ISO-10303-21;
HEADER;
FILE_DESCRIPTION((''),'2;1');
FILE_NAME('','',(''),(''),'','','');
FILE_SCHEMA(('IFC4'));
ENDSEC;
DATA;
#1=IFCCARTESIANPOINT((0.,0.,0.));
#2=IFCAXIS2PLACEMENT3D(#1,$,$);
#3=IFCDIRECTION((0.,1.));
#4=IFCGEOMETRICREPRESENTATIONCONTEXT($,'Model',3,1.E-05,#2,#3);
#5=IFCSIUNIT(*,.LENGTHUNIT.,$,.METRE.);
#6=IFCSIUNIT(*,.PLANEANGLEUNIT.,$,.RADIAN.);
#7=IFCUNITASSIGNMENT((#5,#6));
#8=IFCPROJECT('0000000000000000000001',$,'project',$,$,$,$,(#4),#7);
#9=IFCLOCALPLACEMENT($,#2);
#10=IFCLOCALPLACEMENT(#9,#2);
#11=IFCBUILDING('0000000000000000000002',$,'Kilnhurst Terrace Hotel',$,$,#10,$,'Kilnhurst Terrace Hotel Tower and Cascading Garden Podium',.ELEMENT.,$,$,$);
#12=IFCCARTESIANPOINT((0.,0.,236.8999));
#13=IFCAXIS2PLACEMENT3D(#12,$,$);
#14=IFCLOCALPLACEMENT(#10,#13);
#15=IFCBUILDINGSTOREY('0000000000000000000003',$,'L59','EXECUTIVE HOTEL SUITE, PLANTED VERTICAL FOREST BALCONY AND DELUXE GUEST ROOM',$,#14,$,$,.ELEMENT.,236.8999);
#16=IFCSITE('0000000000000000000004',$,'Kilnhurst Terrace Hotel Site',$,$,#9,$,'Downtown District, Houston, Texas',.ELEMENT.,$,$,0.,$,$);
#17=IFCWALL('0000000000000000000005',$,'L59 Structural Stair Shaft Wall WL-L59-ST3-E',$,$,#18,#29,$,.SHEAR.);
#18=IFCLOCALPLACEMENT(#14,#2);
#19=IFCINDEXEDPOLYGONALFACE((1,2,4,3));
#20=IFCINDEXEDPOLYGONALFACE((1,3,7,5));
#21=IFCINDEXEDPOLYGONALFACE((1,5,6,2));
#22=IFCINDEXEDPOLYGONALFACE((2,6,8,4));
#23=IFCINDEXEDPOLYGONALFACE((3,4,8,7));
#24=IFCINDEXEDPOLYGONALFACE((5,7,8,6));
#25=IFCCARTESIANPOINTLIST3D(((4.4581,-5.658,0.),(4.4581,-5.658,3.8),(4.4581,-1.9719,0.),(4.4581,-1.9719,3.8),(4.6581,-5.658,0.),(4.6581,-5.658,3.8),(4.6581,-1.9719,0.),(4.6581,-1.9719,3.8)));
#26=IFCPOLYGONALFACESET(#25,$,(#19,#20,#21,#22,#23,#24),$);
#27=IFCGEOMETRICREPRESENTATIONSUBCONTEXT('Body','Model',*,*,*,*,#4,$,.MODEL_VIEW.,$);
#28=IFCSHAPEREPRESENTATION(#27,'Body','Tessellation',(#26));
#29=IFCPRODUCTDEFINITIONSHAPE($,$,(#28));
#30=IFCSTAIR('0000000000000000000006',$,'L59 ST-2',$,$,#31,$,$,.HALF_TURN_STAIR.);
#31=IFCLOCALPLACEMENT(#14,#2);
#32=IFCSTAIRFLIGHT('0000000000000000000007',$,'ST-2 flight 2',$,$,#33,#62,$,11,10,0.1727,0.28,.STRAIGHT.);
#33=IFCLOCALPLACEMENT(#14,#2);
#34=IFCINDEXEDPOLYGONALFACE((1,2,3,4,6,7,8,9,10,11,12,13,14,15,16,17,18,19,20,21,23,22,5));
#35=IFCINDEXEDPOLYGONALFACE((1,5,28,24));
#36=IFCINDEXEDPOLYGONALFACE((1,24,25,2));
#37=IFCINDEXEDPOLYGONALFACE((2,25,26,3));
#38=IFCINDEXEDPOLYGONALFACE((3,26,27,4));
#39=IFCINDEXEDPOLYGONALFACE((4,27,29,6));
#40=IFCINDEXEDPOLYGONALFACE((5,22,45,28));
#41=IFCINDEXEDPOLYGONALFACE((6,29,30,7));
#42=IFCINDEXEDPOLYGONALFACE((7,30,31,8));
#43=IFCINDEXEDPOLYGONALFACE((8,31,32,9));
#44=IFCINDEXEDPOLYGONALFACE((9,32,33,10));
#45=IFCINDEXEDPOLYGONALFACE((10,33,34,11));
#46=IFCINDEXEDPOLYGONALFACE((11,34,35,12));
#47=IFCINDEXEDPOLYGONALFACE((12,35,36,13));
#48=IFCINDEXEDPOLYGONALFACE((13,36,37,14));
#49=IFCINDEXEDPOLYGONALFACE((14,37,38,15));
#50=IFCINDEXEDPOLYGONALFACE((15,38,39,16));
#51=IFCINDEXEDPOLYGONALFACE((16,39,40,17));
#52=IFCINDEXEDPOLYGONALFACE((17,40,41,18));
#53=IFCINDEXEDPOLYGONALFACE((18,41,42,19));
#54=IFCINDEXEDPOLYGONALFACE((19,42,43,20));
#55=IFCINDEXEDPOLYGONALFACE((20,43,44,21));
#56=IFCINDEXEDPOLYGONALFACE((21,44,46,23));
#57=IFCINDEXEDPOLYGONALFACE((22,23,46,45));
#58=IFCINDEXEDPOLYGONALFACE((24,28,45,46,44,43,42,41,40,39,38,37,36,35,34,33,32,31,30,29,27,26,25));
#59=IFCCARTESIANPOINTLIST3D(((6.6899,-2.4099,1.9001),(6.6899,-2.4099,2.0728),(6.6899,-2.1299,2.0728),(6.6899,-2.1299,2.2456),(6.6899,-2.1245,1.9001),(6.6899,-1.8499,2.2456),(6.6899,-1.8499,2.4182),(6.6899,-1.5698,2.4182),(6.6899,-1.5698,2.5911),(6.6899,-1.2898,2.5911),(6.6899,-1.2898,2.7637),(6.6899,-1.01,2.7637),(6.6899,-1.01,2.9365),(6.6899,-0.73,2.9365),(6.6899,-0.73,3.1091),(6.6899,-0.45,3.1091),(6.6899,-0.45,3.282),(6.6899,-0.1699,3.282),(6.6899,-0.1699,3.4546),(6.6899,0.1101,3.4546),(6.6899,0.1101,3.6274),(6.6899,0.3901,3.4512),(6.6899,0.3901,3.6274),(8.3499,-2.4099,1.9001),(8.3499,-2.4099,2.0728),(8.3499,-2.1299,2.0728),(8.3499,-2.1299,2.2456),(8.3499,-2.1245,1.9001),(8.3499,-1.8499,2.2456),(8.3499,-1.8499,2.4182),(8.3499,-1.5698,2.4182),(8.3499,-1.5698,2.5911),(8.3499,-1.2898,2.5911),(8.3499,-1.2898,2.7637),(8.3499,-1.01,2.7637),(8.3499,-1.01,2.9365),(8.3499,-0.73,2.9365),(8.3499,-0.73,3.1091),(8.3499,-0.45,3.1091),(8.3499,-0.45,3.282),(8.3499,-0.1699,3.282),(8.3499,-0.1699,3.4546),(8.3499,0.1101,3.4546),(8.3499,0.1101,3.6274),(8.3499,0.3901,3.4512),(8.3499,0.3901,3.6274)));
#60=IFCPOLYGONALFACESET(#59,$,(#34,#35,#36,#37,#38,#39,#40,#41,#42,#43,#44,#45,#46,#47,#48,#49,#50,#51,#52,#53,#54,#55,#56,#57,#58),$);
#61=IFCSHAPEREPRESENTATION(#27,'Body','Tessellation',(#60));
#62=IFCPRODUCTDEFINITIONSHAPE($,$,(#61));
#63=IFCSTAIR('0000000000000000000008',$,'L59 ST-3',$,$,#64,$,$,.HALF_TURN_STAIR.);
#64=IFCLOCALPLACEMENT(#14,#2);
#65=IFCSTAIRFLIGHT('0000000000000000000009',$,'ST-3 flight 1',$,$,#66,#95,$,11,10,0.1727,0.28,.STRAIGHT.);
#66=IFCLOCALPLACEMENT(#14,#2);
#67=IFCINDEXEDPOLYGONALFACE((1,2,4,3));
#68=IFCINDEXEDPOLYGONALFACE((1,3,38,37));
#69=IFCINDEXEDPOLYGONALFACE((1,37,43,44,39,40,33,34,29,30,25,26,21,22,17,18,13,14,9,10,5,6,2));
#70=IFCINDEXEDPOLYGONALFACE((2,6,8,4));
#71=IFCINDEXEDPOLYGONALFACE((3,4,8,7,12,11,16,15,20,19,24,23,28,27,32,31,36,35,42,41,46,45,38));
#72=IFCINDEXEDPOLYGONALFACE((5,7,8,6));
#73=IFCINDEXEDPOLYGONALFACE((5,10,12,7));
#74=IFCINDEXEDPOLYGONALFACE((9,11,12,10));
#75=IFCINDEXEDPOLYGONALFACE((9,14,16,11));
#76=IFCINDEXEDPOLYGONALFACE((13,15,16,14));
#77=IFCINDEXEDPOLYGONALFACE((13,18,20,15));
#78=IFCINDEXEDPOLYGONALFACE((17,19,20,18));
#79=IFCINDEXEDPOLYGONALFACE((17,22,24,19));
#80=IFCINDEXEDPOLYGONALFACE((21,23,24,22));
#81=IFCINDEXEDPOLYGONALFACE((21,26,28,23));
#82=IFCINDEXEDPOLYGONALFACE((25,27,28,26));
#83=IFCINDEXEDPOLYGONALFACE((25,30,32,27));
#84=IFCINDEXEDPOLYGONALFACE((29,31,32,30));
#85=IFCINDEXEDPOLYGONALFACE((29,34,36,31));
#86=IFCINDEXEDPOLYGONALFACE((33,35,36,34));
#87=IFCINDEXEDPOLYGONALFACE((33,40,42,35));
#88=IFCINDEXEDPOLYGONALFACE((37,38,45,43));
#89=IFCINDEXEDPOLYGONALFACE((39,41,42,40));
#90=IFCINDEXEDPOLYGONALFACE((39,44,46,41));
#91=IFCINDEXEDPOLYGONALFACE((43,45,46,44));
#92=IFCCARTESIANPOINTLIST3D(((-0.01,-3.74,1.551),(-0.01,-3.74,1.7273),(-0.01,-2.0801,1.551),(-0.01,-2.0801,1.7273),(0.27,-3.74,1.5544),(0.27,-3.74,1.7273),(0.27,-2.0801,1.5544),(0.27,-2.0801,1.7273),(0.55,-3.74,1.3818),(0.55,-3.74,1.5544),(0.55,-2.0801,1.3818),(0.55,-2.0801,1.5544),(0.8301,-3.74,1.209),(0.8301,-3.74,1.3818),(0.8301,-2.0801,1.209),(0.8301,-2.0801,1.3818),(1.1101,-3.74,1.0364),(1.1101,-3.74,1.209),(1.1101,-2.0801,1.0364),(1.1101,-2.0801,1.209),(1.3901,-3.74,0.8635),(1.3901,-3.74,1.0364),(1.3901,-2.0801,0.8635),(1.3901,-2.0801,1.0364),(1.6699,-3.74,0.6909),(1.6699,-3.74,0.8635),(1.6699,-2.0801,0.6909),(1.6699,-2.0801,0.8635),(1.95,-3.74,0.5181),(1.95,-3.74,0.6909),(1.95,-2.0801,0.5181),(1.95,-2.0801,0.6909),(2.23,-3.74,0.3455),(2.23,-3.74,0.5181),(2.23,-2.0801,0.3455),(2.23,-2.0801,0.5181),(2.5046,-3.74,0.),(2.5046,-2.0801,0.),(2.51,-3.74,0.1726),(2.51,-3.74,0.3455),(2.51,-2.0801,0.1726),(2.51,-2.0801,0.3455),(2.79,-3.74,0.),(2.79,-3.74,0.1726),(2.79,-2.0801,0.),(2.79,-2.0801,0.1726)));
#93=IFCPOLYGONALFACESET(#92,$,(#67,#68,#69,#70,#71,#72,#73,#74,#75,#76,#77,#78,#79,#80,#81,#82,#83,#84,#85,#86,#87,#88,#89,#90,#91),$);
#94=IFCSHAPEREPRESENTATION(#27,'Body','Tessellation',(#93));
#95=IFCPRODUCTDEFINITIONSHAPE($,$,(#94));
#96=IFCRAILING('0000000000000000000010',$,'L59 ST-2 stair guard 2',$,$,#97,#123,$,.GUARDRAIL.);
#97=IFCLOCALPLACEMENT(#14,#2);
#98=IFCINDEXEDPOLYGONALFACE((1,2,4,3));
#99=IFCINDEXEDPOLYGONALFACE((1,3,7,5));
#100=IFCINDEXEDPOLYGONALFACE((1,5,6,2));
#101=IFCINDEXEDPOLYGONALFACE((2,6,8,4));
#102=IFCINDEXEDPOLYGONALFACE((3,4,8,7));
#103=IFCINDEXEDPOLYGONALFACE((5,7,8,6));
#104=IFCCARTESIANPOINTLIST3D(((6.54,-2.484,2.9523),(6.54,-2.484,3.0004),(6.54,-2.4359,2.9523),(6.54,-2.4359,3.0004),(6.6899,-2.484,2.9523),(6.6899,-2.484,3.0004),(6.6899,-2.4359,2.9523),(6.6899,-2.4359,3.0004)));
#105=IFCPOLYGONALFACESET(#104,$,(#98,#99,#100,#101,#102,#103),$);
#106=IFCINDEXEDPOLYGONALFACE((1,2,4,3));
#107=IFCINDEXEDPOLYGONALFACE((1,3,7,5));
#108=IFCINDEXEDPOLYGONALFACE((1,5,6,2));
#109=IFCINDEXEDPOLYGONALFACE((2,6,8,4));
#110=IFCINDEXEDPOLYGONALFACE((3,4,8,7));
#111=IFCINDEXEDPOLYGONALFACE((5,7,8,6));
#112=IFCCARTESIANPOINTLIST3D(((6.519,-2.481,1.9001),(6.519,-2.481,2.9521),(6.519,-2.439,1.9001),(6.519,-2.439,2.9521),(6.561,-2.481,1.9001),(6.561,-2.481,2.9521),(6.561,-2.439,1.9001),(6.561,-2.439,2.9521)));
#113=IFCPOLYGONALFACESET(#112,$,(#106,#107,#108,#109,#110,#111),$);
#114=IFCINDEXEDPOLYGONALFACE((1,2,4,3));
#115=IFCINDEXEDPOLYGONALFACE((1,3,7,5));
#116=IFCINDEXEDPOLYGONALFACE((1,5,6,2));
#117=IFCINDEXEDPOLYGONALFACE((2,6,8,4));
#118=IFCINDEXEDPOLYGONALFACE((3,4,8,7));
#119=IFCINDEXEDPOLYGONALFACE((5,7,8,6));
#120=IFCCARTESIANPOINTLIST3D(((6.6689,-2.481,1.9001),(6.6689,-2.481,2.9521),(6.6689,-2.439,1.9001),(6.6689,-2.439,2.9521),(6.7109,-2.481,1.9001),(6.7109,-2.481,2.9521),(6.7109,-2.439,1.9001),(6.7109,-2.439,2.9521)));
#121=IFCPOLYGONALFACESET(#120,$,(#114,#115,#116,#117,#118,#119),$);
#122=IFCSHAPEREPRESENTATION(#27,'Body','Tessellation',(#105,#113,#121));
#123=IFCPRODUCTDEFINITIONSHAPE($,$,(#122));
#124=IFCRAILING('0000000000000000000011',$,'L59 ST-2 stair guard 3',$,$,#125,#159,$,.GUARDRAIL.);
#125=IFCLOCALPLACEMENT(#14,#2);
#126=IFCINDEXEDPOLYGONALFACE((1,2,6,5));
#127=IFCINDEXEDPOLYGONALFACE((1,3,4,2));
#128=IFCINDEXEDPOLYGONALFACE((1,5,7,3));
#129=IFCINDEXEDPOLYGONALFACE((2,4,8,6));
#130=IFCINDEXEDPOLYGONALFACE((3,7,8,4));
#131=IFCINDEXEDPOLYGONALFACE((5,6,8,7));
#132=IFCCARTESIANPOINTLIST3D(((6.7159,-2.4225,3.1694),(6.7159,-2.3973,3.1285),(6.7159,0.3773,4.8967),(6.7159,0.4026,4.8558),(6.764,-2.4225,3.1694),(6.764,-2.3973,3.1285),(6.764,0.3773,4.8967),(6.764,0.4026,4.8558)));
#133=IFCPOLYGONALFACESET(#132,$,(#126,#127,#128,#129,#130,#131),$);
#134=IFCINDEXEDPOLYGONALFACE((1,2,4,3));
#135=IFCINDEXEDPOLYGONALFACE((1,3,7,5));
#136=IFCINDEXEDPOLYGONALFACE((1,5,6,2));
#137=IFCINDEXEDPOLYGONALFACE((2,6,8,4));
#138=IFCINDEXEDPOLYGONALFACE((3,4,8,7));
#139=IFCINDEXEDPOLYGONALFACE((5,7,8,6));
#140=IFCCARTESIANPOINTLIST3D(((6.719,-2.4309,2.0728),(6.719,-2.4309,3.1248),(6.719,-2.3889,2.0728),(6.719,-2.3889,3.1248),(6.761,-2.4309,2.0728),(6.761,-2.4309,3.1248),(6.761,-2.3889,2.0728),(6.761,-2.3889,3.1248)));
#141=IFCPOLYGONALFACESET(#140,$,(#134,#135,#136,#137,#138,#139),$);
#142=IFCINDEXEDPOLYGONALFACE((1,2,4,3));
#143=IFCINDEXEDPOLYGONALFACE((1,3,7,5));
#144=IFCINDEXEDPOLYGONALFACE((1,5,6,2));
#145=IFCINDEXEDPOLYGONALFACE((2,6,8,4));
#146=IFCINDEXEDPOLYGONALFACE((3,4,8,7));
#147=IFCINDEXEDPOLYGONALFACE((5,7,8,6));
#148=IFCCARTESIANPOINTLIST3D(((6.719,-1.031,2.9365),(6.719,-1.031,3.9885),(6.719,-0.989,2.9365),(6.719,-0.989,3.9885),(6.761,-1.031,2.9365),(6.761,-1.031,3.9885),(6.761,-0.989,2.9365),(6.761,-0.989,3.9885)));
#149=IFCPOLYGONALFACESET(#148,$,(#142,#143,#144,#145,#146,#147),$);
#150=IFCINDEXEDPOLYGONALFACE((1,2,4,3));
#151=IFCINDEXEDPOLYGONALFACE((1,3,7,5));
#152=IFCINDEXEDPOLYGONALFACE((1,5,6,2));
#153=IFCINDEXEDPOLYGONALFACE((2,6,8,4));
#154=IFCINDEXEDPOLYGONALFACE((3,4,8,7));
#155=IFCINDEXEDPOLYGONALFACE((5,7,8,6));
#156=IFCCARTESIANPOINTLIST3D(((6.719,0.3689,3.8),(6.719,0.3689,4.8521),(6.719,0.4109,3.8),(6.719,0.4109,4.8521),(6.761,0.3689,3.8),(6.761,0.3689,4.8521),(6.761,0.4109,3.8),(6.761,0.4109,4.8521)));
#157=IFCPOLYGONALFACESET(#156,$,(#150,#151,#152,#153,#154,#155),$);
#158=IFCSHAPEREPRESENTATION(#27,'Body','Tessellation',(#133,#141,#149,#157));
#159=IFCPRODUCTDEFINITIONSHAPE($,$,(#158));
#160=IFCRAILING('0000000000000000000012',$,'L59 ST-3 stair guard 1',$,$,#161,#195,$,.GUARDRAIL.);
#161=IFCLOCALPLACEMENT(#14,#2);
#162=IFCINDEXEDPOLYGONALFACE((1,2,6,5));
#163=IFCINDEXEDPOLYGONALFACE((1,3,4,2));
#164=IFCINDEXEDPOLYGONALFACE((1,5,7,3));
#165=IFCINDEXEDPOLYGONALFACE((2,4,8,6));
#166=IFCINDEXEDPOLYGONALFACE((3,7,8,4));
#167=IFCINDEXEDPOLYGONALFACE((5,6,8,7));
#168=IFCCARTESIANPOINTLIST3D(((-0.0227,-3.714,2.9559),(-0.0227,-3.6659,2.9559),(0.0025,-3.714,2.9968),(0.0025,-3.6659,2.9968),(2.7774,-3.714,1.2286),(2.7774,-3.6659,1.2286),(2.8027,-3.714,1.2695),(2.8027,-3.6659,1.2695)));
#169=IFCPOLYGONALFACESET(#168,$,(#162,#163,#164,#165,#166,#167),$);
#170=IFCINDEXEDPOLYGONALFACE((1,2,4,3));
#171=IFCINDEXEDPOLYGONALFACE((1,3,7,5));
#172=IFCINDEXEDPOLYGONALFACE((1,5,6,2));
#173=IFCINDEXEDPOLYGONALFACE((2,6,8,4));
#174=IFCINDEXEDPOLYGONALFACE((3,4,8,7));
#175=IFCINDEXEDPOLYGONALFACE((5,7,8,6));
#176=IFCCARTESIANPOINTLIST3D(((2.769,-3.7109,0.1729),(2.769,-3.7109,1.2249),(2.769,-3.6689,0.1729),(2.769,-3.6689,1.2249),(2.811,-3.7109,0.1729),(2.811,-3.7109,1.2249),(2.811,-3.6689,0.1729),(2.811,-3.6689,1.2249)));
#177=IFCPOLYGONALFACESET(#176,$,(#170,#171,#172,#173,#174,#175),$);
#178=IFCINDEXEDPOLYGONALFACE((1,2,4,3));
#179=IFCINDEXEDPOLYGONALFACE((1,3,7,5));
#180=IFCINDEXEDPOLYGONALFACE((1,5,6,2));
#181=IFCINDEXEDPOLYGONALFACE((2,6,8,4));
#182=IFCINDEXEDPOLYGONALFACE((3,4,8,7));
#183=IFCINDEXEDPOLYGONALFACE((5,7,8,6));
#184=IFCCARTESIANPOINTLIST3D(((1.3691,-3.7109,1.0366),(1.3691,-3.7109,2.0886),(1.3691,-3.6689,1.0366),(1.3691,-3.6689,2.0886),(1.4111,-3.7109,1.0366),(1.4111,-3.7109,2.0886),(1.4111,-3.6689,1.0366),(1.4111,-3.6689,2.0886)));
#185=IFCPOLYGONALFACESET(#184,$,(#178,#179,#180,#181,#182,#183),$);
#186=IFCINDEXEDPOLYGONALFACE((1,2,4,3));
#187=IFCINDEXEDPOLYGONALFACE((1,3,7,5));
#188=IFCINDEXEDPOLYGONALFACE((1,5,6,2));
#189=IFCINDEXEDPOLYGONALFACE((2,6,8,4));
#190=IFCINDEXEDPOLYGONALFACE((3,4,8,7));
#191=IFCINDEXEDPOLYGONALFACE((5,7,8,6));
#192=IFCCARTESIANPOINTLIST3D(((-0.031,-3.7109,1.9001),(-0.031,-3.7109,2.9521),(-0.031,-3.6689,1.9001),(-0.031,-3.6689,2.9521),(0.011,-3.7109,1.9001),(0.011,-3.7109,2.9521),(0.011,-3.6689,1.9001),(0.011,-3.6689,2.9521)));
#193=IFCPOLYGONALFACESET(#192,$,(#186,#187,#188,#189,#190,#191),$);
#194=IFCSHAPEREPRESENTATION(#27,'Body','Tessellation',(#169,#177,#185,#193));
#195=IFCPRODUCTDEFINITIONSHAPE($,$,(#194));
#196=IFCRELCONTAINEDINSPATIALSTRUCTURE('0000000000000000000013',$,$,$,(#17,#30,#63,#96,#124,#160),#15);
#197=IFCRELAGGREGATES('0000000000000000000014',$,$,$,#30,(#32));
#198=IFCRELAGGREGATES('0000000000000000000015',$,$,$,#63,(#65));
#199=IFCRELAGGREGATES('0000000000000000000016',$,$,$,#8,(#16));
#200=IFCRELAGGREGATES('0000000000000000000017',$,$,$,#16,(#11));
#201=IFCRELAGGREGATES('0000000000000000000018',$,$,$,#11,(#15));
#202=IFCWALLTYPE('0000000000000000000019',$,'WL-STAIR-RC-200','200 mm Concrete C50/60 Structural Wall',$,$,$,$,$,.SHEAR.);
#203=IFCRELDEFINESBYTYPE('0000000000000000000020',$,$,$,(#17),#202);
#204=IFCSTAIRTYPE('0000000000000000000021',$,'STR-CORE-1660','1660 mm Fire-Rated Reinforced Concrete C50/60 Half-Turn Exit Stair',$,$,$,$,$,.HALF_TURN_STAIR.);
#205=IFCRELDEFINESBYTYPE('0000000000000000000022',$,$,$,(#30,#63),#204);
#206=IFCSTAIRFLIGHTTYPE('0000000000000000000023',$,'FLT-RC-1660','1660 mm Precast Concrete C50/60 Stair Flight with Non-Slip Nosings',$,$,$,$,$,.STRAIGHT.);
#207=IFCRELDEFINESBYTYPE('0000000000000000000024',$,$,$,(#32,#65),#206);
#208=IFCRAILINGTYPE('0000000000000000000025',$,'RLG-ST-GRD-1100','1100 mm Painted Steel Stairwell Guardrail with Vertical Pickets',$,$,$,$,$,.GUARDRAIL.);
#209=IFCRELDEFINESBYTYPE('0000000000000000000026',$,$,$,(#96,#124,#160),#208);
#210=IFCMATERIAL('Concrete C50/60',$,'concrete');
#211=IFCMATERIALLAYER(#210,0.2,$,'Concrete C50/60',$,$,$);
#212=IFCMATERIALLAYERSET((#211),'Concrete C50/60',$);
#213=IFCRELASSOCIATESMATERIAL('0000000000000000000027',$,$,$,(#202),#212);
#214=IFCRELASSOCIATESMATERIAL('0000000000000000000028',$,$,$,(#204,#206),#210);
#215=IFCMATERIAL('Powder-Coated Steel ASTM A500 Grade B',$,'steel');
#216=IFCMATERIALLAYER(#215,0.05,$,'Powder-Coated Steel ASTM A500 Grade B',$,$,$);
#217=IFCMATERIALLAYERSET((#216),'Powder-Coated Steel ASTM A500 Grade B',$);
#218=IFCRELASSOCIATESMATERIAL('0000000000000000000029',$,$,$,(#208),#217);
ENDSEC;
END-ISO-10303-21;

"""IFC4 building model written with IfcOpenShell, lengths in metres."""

from ifc_helpers import new_model, si_unit, direction, frame, frame_2d, origin, origin_2d, place, context, subcontext, project, spatial, polyline, rectangle, outline, extrude, material, layer, layer_set, type_object, element, aggregate, save


model = new_model("IFC4")

# Units and contexts
model_context = context("Model", 3, precision=1e-05, world=origin(), true_north=direction((0.0, 1.0)))
body_context = subcontext(model_context, "Body", "Model", "MODEL_VIEW")
ifc_project = project(units=[si_unit("LENGTHUNIT", "METRE"), si_unit("PLANEANGLEUNIT", "RADIAN")], contexts=[model_context])

# Site, building, storey
site_placement = place(None, origin())
site = spatial("IfcSite", under=ifc_project, at=site_placement, Name="Kilnhurst Terrace Hotel Site", LongName="Downtown District, Houston, Texas", CompositionType="ELEMENT", RefElevation=0.0)
building_placement = place(site_placement, origin())
building = spatial("IfcBuilding", under=site, at=building_placement, Name="Kilnhurst Terrace Hotel", LongName="Kilnhurst Terrace Hotel Tower and Cascading Garden Podium", CompositionType="ELEMENT")
storey_placement = place(building_placement, frame((0.0, 0.0, 236.8999)))
storey = spatial("IfcBuildingStorey", under=building, at=storey_placement, Name="L59", Description="EXECUTIVE HOTEL SUITE, PLANTED VERTICAL FOREST BALCONY AND DELUXE GUEST ROOM", CompositionType="ELEMENT", Elevation=236.8999)

# Shared definitions
ifc_material_1 = material(Name="Concrete C50/60", Category="concrete")

# Wall
ifc_layer_1 = layer(ifc_material_1, 0.2, Name="Concrete C50/60")
ifc_layer_set_1 = layer_set([ifc_layer_1], Name="Concrete C50/60")
wall_type_1 = type_object("IfcWallType", Name="WL-STAIR-RC-200", Description="200 mm Concrete C50/60 Structural Wall", PredefinedType="SHEAR", material=ifc_layer_set_1)
for number, where, z_axis, x_axis, name in (
    (1, (4.5581, -5.658, 0.0), (0.0, 0.0, 1.0), (0.0, 1.0, 0.0), "L59 Structural Stair Shaft Wall WL-L59-ST3-E"),
):
    element("IfcWall", number, at=place(storey_placement, frame(where, z_axis=z_axis, x_axis=x_axis)), inside=storey, type_object=wall_type_1, Name=name, PredefinedType="SHEAR", context=body_context, shape_type="SweptSolid", body=[
        extrude(rectangle(XDim=3.686, YDim=0.2, at=frame_2d((1.843, 0.0))), origin(), (0.0, 0.0, 1.0), 3.8),
    ])

# Stairs, stair flights
stair_type = type_object("IfcStairType", Name="STR-CORE-1660", Description="1660 mm Fire-Rated Reinforced Concrete C50/60 Half-Turn Exit Stair", PredefinedType="HALF_TURN_STAIR", material=ifc_material_1)
stair_1_placement = place(storey_placement, origin())
stair_1 = element("IfcStair", 2, at=stair_1_placement, inside=storey, type_object=stair_type, Name="L59 ST-2", PredefinedType="HALF_TURN_STAIR")
stair_flight_type = type_object("IfcStairFlightType", Name="FLT-RC-1660", Description="1660 mm Precast Concrete C50/60 Stair Flight with Non-Slip Nosings", PredefinedType="STRAIGHT", material=ifc_material_1)
stair_flight_1_placement = place(storey_placement, frame((7.52, -2.4099, 1.9001), z_axis=(0.0, 0.0, 1.0), x_axis=(0.0, 1.0, 0.0)))
stair_flight_1 = element("IfcStairFlight", 3, at=stair_flight_1_placement, type_object=stair_flight_type, Name="ST-2 flight 2", NumberOfRisers=11, NumberOfTreads=10, PredefinedType="STRAIGHT", RiserHeight=0.1727, TreadLength=0.28, context=body_context, shape_type="SweptSolid", body=[
    extrude(outline(polyline([(0.0, 0.0), (0.0, 0.1726), (0.28, 0.1726), (0.28, 0.3455), (0.5601, 0.3455), (0.5601, 0.5181), (0.8401, 0.5181), (0.8401, 0.6909), (1.1201, 0.6909), (1.1201, 0.8635), (1.3999, 0.8635), (1.3999, 1.0364), (1.6799, 1.0364), (1.6799, 1.209), (1.96, 1.209), (1.96, 1.3818), (2.24, 1.3818), (2.24, 1.5544), (2.52, 1.5544), (2.52, 1.7273), (2.8, 1.7273), (2.8, 1.8999), (2.8, 1.551), (0.2854, 0.0), (0.0, 0.0)])), frame((0.0, 0.8301, 0.0), z_axis=(0.0, -1.0, 0.0), x_axis=(1.0, 0.0, 0.0)), (0.0, 0.0, 1.0), 1.6599),
])
aggregate(stair_1, [stair_flight_1])
stair_2_placement = place(storey_placement, origin())
stair_2 = element("IfcStair", 4, at=stair_2_placement, inside=storey, type_object=stair_type, Name="L59 ST-3", PredefinedType="HALF_TURN_STAIR")
stair_flight_2_placement = place(storey_placement, frame((2.79, -2.9099, 0.0), z_axis=(0.0, 0.0, 1.0), x_axis=(-1.0, 0.0, 0.0)))
stair_flight_2 = element("IfcStairFlight", 5, at=stair_flight_2_placement, type_object=stair_flight_type, Name="ST-3 flight 1", NumberOfRisers=11, NumberOfTreads=10, PredefinedType="STRAIGHT", RiserHeight=0.1727, TreadLength=0.28, context=body_context, shape_type="SweptSolid", body=[
    extrude(outline(polyline([(0.0, 0.0), (0.0, 0.1726), (0.28, 0.1726), (0.28, 0.3455), (0.5601, 0.3455), (0.5601, 0.5181), (0.8401, 0.5181), (0.8401, 0.6909), (1.1201, 0.6909), (1.1201, 0.8635), (1.3999, 0.8635), (1.3999, 1.0364), (1.6799, 1.0364), (1.6799, 1.209), (1.96, 1.209), (1.96, 1.3818), (2.24, 1.3818), (2.24, 1.5544), (2.52, 1.5544), (2.52, 1.7273), (2.8, 1.7273), (2.8, 1.8999), (2.8, 1.551), (0.2854, 0.0), (0.0, 0.0)])), frame((0.0, 0.8301, 0.0), z_axis=(0.0, -1.0, 0.0), x_axis=(1.0, 0.0, 0.0)), (0.0, 0.0, 1.0), 1.6599),
])
aggregate(stair_2, [stair_flight_2])

# Railings
ifc_material_2 = material(Name="Powder-Coated Steel ASTM A500 Grade B", Category="steel")
ifc_layer_2 = layer(ifc_material_2, 0.05, Name="Powder-Coated Steel ASTM A500 Grade B")
ifc_layer_set_2 = layer_set([ifc_layer_2], Name="Powder-Coated Steel ASTM A500 Grade B")
railing_type_1 = type_object("IfcRailingType", Name="RLG-ST-GRD-1100", Description="1100 mm Painted Steel Stairwell Guardrail with Vertical Pickets", PredefinedType="GUARDRAIL", material=ifc_layer_set_2)
railing_1_placement = place(storey_placement, frame((6.54, -2.46, 1.9001)))
element("IfcRailing", 6, at=railing_1_placement, inside=storey, type_object=railing_type_1, Name="L59 ST-2 stair guard 2", PredefinedType="GUARDRAIL", context=body_context, shape_type="SweptSolid", body=[
    extrude(rectangle(XDim=0.0481, YDim=0.0481, at=origin_2d()), frame((0.0, 0.0, 1.0762), z_axis=(1.0, 0.0, 0.0), x_axis=(0.0, 1.0, 0.0)), (0.0, 0.0, 1.0), 0.1499),
    extrude(rectangle(XDim=0.042, YDim=0.042, at=origin_2d()), origin(), (0.0, 0.0, 1.0), 1.052),
    extrude(rectangle(XDim=0.042, YDim=0.042, at=origin_2d()), frame((0.1499, 0.0, 0.0)), (0.0, 0.0, 1.0), 1.052),
])
railing_2_placement = place(storey_placement, frame((6.74, -2.4099, 2.0728)))
element("IfcRailing", 7, at=railing_2_placement, inside=storey, type_object=railing_type_1, Name="L59 ST-2 stair guard 3", PredefinedType="GUARDRAIL", context=body_context, shape_type="SweptSolid", body=[
    extrude(rectangle(XDim=0.0481, YDim=0.0481, at=origin_2d()), frame((0.0, 0.0, 1.0762), z_axis=(0.0, 0.851069, 0.525054), x_axis=(-1.0, 0.0, 0.0)), (0.0, 0.0, 1.0), 3.2898),
    extrude(rectangle(XDim=0.042, YDim=0.042, at=origin_2d()), origin(), (0.0, 0.0, 1.0), 1.052),
    extrude(rectangle(XDim=0.042, YDim=0.042, at=origin_2d()), frame((0.0, 1.3999, 0.8638)), (0.0, 0.0, 1.0), 1.052),
    extrude(rectangle(XDim=0.042, YDim=0.042, at=origin_2d()), frame((0.0, 2.7998, 1.7273)), (0.0, 0.0, 1.0), 1.052),
])
railing_3_placement = place(storey_placement, frame((2.79, -3.6899, 0.1729)))
element("IfcRailing", 8, at=railing_3_placement, inside=storey, type_object=railing_type_1, Name="L59 ST-3 stair guard 1", PredefinedType="GUARDRAIL", context=body_context, shape_type="SweptSolid", body=[
    extrude(rectangle(XDim=0.0481, YDim=0.0481, at=origin_2d()), frame((0.0, 0.0, 1.0762), z_axis=(-0.85109, 0.0, 0.52502), x_axis=(0.0, -1.0, 0.0)), (0.0, 0.0, 1.0), 3.29),
    extrude(rectangle(XDim=0.042, YDim=0.042, at=origin_2d()), origin(), (0.0, 0.0, 1.0), 1.052),
    extrude(rectangle(XDim=0.042, YDim=0.042, at=origin_2d()), frame((-1.3999, 0.0, 0.8638)), (0.0, 0.0, 1.0), 1.052),
    extrude(rectangle(XDim=0.042, YDim=0.042, at=origin_2d()), frame((-2.8, 0.0, 1.7273)), (0.0, 0.0, 1.0), 1.052),
])

save(model, "model.ifc")
